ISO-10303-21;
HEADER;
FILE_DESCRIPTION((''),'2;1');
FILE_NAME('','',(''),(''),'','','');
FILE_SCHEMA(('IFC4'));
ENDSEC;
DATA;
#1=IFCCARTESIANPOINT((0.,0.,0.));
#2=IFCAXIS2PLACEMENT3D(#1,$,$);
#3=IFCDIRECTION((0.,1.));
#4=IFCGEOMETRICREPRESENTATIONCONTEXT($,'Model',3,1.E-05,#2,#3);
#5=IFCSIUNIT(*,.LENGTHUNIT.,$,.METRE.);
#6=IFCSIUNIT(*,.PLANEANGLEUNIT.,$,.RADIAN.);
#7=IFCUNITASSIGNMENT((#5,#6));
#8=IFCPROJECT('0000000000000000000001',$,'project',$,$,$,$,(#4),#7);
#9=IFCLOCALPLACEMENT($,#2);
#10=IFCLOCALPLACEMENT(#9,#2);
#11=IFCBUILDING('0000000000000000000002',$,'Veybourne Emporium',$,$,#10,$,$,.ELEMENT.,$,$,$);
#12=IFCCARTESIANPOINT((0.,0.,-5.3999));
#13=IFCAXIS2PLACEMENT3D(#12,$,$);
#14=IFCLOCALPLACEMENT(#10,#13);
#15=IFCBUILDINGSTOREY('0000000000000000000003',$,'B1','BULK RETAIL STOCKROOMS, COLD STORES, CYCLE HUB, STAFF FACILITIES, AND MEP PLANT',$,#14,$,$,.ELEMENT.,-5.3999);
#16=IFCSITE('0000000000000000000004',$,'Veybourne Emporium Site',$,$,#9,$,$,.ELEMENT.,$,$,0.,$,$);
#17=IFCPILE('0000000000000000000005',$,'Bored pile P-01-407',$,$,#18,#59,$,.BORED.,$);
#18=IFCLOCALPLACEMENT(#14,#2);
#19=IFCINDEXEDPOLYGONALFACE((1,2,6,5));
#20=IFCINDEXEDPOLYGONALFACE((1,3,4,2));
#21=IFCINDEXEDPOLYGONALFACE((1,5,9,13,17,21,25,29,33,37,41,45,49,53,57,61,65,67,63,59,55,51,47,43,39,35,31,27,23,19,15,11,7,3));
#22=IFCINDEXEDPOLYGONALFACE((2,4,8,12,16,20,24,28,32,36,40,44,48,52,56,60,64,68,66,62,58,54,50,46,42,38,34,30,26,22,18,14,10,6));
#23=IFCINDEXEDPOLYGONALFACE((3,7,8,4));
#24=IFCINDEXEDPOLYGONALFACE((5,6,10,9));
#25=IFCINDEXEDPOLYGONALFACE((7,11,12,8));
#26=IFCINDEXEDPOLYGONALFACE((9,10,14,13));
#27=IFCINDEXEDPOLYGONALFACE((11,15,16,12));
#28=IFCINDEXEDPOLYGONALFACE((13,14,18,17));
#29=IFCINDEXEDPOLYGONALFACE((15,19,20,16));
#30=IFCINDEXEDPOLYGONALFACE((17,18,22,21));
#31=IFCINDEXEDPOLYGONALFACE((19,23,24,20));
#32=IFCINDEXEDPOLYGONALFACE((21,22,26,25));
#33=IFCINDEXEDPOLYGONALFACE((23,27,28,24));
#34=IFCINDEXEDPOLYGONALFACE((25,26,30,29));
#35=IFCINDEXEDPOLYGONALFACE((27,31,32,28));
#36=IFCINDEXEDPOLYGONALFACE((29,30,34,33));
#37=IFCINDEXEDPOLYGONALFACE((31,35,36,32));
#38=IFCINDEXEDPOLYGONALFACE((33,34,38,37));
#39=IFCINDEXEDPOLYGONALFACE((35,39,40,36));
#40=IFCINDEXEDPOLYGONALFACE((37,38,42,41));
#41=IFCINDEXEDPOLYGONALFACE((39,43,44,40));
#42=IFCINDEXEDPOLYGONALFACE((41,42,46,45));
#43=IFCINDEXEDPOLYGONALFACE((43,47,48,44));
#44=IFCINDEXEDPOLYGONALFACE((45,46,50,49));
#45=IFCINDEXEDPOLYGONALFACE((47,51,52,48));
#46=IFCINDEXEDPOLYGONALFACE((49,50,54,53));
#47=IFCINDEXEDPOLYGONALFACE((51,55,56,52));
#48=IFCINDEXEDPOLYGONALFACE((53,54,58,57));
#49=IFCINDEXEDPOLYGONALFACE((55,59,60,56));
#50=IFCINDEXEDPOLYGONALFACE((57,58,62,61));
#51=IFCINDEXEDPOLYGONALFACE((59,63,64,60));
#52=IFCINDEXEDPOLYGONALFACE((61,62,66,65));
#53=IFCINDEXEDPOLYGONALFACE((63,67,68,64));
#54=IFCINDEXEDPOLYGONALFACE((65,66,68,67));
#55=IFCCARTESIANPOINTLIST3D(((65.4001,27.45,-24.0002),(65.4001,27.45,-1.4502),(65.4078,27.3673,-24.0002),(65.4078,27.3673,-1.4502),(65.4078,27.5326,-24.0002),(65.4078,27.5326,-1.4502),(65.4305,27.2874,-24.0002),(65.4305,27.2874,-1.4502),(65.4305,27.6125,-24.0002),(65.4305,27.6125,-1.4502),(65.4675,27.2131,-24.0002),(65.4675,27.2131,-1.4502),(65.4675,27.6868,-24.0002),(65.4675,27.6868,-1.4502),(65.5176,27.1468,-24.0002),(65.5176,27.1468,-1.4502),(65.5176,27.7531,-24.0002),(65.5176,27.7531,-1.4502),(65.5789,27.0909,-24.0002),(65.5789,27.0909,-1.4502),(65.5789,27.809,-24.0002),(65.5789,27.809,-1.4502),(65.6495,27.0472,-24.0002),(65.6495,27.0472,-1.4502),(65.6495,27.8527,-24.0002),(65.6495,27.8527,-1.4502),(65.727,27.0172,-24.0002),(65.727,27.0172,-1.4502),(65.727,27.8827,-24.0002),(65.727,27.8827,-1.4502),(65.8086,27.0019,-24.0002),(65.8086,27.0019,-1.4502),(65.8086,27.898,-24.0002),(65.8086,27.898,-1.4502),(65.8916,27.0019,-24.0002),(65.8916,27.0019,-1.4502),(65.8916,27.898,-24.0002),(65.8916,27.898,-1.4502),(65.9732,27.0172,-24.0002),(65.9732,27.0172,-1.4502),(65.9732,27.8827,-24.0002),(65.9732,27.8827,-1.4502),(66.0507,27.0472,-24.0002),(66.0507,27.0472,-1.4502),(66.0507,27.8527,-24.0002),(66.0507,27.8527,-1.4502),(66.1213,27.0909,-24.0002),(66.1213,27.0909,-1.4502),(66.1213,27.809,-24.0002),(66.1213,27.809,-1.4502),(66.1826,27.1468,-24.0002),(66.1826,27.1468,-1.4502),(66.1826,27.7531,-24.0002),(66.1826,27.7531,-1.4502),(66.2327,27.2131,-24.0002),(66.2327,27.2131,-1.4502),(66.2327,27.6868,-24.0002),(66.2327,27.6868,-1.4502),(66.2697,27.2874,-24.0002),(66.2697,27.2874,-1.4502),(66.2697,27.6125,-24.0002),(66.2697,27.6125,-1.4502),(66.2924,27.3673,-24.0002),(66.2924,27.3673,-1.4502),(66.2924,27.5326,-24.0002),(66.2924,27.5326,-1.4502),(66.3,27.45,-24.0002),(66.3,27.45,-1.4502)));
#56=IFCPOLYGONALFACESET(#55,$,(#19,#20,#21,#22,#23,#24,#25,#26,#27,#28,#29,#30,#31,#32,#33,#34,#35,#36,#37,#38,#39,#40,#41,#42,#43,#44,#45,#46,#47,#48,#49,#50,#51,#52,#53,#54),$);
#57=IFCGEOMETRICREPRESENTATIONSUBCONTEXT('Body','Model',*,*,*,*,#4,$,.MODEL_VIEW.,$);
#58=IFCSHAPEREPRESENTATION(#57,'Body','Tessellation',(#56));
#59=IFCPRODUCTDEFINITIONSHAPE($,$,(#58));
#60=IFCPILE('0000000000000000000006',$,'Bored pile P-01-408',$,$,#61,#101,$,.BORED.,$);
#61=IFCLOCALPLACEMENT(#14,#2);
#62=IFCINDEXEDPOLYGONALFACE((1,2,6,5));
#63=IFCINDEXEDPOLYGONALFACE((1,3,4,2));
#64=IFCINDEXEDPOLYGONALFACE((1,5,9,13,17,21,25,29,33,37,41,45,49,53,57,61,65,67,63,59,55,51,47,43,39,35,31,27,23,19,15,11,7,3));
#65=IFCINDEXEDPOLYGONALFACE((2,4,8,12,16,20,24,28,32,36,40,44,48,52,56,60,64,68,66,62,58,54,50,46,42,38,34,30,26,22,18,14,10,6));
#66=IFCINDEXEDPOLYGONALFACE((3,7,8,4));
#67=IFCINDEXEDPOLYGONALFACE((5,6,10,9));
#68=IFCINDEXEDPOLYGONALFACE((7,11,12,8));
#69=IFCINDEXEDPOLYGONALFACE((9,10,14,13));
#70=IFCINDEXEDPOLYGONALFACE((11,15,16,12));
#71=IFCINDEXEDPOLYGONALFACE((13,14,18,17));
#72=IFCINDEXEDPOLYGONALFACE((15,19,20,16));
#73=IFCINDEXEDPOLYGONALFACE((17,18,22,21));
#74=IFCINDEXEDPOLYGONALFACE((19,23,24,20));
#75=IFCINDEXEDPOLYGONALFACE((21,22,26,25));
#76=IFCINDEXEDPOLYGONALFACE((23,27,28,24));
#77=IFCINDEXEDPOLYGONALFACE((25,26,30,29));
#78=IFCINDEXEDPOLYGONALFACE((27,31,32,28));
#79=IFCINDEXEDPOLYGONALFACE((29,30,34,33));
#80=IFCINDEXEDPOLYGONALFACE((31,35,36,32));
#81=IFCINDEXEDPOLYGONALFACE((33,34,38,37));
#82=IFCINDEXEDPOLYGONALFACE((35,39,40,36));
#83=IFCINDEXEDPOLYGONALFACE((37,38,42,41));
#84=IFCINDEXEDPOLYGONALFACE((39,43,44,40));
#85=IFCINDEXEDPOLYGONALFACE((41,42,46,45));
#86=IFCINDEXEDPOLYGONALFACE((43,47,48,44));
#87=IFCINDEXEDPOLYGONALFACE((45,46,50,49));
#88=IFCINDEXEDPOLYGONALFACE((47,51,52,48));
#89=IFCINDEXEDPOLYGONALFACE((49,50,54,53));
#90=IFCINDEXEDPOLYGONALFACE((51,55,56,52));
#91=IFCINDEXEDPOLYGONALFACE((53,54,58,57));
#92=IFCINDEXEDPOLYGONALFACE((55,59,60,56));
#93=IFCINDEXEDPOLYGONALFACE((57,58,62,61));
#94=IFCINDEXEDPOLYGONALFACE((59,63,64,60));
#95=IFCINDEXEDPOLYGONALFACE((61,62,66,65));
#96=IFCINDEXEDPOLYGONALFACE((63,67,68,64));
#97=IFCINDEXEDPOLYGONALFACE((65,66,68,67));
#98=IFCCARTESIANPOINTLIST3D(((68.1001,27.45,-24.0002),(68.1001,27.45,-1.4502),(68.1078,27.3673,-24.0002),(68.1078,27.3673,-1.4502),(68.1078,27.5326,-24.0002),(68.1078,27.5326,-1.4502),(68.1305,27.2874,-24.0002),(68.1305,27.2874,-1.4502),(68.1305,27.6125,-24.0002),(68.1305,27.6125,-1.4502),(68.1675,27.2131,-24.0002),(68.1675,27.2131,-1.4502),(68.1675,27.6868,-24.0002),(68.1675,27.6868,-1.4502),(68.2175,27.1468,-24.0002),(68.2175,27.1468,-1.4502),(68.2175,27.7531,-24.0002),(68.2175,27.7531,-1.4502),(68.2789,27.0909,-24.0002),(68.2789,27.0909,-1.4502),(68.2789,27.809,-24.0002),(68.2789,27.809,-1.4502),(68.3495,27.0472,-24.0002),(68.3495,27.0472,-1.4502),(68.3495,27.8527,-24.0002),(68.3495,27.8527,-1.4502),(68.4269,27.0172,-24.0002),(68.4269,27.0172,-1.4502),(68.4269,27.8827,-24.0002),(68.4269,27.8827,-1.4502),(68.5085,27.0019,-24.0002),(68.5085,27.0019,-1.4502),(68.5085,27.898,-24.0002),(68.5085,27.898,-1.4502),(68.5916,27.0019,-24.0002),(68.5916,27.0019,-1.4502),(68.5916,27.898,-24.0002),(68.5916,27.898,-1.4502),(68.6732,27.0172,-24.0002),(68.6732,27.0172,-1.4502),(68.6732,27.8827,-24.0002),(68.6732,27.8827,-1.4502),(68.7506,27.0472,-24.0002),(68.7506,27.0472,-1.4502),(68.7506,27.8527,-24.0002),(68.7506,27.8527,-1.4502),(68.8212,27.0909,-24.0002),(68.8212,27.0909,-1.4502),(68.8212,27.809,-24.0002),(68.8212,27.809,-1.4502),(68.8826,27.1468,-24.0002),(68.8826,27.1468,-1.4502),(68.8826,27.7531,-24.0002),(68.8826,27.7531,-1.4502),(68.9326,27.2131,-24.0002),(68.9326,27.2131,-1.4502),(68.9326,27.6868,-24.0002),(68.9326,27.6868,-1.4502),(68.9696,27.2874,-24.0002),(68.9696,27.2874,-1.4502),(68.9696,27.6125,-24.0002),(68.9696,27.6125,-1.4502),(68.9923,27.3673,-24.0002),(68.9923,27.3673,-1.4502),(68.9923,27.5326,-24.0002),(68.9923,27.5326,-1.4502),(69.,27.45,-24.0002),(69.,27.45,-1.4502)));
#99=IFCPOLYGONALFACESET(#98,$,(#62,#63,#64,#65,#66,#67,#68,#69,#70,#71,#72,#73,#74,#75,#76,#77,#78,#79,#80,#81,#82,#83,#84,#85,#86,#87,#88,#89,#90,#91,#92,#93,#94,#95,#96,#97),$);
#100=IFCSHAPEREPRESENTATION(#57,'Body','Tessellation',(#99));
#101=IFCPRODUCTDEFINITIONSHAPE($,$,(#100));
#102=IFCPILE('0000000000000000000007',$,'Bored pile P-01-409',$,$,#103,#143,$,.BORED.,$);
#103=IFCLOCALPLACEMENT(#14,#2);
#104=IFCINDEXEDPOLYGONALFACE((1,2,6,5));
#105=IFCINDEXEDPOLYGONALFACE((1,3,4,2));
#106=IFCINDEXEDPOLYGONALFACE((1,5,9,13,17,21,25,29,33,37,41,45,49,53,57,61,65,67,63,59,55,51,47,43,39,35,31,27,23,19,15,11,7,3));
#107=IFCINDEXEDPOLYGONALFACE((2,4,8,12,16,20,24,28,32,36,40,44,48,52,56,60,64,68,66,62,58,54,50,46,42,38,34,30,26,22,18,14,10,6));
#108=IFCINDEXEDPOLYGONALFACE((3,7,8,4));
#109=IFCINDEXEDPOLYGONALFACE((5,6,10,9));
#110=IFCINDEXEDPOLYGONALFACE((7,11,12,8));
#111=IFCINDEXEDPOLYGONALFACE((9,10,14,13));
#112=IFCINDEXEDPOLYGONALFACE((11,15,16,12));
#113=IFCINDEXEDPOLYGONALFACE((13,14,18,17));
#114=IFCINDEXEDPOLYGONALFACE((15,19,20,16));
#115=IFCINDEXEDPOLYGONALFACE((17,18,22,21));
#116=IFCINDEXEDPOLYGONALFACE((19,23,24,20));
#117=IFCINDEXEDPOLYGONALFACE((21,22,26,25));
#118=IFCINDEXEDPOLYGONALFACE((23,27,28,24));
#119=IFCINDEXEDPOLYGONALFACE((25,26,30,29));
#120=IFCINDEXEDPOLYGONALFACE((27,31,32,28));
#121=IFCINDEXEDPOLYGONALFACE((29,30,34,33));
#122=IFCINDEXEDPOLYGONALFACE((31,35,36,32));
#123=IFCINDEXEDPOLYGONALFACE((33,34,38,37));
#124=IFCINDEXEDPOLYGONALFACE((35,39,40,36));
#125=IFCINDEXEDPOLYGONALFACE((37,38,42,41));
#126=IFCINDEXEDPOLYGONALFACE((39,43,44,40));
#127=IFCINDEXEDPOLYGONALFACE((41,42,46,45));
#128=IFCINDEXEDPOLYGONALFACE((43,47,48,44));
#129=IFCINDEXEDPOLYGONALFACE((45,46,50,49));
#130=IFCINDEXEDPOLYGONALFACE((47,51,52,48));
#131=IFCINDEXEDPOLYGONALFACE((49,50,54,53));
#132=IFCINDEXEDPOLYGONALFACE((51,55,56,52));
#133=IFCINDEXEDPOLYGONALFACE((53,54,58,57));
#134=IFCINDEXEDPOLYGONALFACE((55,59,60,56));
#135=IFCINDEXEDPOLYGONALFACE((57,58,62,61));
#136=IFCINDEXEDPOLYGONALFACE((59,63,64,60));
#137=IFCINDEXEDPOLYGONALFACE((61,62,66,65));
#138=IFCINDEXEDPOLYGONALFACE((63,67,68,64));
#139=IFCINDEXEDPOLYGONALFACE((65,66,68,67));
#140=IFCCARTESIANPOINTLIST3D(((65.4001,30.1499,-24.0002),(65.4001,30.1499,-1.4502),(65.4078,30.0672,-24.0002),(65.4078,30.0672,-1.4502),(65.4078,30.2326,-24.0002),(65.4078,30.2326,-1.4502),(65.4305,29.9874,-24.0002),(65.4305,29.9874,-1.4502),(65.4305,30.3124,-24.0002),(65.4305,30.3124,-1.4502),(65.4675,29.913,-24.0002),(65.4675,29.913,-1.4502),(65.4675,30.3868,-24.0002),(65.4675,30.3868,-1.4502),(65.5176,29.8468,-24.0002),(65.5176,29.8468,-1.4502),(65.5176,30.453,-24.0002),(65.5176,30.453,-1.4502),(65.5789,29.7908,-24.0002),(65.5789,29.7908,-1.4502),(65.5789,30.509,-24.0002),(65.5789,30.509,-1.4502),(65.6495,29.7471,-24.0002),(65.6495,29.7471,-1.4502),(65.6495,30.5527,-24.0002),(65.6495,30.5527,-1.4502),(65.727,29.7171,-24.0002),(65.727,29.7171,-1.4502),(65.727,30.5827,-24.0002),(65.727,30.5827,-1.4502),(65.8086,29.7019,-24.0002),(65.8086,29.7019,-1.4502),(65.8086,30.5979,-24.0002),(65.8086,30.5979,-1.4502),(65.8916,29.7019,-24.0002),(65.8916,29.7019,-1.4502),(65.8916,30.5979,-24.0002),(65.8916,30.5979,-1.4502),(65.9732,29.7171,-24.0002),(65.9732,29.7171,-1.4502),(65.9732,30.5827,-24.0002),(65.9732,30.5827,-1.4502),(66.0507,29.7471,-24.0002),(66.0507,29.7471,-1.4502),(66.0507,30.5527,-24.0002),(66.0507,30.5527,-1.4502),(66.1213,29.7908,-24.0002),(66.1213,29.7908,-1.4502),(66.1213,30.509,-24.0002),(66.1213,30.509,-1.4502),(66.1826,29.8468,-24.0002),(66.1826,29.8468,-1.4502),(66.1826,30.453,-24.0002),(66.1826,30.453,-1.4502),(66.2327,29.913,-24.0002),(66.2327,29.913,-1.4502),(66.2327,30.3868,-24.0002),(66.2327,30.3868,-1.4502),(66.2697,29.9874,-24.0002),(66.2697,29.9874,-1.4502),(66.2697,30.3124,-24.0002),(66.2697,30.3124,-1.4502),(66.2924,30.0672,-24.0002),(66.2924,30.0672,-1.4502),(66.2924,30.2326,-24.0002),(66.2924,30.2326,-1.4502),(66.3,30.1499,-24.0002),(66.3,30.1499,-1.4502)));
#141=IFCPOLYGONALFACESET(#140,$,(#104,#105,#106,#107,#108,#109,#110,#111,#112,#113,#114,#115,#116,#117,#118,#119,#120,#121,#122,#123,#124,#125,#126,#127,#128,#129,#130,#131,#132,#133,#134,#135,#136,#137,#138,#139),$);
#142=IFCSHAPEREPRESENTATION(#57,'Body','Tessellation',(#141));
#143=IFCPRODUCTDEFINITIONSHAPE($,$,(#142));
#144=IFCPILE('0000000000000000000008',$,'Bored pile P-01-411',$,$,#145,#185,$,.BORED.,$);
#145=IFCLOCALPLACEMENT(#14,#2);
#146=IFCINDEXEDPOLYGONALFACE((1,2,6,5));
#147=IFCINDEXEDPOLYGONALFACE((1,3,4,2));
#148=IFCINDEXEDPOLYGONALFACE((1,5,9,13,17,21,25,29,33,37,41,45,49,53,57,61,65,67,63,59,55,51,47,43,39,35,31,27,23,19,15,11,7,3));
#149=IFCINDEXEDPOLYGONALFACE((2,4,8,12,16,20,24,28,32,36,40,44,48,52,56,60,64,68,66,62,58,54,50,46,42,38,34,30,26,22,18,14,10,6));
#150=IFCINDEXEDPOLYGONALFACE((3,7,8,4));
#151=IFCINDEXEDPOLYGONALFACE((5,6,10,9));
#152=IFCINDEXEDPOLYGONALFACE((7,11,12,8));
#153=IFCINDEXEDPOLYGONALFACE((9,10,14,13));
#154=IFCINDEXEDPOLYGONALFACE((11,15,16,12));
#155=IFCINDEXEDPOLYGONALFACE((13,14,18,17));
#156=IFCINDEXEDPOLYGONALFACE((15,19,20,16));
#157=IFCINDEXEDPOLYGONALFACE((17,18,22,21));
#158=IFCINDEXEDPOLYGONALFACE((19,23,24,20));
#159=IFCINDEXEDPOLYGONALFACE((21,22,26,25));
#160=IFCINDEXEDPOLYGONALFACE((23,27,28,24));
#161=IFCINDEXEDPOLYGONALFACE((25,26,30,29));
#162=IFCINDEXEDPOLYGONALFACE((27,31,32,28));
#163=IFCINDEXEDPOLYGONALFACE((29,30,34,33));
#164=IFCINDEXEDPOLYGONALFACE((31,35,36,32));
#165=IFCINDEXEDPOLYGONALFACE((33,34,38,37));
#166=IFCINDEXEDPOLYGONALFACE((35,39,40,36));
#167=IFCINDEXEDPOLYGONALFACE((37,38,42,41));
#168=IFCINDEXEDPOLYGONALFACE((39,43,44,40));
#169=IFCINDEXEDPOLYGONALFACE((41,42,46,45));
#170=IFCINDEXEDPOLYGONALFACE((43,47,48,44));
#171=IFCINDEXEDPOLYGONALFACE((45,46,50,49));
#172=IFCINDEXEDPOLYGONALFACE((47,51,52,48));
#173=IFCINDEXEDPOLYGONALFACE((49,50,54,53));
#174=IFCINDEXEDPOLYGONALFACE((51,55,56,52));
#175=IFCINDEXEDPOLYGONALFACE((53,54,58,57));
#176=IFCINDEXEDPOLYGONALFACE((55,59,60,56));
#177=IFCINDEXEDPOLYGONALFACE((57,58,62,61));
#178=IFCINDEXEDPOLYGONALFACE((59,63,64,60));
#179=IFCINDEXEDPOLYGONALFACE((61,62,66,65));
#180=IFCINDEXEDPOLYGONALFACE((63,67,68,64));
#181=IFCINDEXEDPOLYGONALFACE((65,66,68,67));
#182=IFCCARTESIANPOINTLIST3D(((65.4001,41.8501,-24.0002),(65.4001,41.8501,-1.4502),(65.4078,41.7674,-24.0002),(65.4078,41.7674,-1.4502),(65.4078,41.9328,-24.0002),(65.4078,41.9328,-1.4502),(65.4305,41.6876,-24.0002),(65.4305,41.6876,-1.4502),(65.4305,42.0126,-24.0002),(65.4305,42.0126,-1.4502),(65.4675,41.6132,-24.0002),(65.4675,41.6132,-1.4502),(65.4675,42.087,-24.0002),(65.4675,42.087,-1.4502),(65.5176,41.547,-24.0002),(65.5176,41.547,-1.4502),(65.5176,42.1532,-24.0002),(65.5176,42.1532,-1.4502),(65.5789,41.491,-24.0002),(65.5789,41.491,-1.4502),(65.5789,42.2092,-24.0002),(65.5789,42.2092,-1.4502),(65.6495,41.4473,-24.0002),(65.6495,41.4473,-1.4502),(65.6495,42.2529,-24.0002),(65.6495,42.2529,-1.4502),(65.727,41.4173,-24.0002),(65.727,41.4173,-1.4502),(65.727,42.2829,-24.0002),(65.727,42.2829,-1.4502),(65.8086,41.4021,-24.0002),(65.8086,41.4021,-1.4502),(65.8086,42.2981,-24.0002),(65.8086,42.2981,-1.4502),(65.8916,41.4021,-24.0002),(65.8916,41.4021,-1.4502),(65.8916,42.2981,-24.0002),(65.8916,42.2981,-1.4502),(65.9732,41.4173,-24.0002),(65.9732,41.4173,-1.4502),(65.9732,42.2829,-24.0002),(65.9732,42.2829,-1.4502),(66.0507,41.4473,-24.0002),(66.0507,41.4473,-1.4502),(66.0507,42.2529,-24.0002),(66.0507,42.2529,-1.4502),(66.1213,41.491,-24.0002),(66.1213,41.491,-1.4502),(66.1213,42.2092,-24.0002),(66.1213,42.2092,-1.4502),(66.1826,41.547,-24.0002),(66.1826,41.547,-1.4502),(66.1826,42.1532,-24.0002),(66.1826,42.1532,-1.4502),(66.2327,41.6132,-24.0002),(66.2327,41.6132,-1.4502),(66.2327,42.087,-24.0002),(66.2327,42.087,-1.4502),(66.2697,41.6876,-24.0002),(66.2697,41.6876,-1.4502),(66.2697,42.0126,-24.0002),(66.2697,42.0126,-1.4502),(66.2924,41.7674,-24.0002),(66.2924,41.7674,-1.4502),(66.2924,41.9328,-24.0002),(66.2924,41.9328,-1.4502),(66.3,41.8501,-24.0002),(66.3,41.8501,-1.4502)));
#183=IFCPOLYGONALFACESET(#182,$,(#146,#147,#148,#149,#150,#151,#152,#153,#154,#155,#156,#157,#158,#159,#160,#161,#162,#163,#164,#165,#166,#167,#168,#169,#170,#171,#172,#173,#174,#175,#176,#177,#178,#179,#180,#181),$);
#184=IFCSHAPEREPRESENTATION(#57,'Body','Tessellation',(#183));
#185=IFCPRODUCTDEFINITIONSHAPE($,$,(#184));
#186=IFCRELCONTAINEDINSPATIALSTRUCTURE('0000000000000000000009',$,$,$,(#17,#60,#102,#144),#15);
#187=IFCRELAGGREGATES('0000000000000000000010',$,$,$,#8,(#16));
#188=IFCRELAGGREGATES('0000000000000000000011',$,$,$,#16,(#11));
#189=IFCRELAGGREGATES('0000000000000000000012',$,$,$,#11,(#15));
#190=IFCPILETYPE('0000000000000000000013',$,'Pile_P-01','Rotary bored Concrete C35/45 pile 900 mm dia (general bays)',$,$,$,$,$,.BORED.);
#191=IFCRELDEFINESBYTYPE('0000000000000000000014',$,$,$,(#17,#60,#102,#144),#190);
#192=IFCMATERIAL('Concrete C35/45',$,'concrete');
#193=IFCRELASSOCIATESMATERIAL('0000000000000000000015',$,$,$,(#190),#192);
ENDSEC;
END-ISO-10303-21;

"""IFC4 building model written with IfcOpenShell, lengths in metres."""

from ifc_helpers import new_model, si_unit, direction, frame, origin, origin_2d, place, context, subcontext, project, spatial, circle, extrude, material, material_profile, profile_set, type_object, element, save


model = new_model("IFC4")

# Units and contexts
model_context = context("Model", 3, precision=1e-05, world=origin(), true_north=direction((0.0, 1.0)))
body_context = subcontext(model_context, "Body", "Model", "MODEL_VIEW")
ifc_project = project(units=[si_unit("LENGTHUNIT", "METRE"), si_unit("PLANEANGLEUNIT", "RADIAN")], contexts=[model_context])

# Site, building, storey
site_placement = place(None, origin())
site = spatial("IfcSite", under=ifc_project, at=site_placement, Name="Veybourne Emporium Site", CompositionType="ELEMENT", RefElevation=0.0)
building_placement = place(site_placement, origin())
building = spatial("IfcBuilding", under=site, at=building_placement, Name="Veybourne Emporium", CompositionType="ELEMENT")
storey_placement = place(building_placement, frame((0.0, 0.0, -5.3999)))
storey = spatial("IfcBuildingStorey", under=building, at=storey_placement, Name="B1", Description="BULK RETAIL STOCKROOMS, COLD STORES, CYCLE HUB, STAFF FACILITIES, AND MEP PLANT", CompositionType="ELEMENT", Elevation=-5.3999)

# Shared definitions
ifc_material_1 = material(Name="Concrete C35/45", Category="concrete")

# Piles
ifc_material_profile_1 = material_profile(ifc_material_1, circle(Radius=0.45, at=origin_2d()), Name="BORED PILE 900")
ifc_profile_set_1 = profile_set([ifc_material_profile_1], Name="Concrete C35/45")
pile_type_1 = type_object("IfcPileType", Name="Pile_P-01", Description="Rotary bored Concrete C35/45 pile 900 mm dia (general bays)", PredefinedType="BORED", material=ifc_profile_set_1)
for number, where, z_axis, x_axis, name in (
    (1, (65.8501, 27.45, -1.4502), (0.0, 0.0, -1.0), (1.0, 0.0, 0.0), "Bored pile P-01-407"),
    (2, (68.55, 27.45, -1.4502), (0.0, 0.0, -1.0), (1.0, 0.0, 0.0), "Bored pile P-01-408"),
    (3, (65.8501, 30.1499, -1.4502), (0.0, 0.0, -1.0), (1.0, 0.0, 0.0), "Bored pile P-01-409"),
    (4, (65.8501, 41.8501, -1.4502), (0.0, 0.0, -1.0), (1.0, 0.0, 0.0), "Bored pile P-01-411"),
):
    element("IfcPile", number, at=place(storey_placement, frame(where, z_axis=z_axis, x_axis=x_axis)), inside=storey, type_object=pile_type_1, Name=name, PredefinedType="BORED", context=body_context, shape_type="SweptSolid", body=[
        extrude(circle(Radius=0.45, at=origin_2d()), origin(), (0.0, 0.0, 1.0), 22.55),
    ])

save(model, "model.ifc")
